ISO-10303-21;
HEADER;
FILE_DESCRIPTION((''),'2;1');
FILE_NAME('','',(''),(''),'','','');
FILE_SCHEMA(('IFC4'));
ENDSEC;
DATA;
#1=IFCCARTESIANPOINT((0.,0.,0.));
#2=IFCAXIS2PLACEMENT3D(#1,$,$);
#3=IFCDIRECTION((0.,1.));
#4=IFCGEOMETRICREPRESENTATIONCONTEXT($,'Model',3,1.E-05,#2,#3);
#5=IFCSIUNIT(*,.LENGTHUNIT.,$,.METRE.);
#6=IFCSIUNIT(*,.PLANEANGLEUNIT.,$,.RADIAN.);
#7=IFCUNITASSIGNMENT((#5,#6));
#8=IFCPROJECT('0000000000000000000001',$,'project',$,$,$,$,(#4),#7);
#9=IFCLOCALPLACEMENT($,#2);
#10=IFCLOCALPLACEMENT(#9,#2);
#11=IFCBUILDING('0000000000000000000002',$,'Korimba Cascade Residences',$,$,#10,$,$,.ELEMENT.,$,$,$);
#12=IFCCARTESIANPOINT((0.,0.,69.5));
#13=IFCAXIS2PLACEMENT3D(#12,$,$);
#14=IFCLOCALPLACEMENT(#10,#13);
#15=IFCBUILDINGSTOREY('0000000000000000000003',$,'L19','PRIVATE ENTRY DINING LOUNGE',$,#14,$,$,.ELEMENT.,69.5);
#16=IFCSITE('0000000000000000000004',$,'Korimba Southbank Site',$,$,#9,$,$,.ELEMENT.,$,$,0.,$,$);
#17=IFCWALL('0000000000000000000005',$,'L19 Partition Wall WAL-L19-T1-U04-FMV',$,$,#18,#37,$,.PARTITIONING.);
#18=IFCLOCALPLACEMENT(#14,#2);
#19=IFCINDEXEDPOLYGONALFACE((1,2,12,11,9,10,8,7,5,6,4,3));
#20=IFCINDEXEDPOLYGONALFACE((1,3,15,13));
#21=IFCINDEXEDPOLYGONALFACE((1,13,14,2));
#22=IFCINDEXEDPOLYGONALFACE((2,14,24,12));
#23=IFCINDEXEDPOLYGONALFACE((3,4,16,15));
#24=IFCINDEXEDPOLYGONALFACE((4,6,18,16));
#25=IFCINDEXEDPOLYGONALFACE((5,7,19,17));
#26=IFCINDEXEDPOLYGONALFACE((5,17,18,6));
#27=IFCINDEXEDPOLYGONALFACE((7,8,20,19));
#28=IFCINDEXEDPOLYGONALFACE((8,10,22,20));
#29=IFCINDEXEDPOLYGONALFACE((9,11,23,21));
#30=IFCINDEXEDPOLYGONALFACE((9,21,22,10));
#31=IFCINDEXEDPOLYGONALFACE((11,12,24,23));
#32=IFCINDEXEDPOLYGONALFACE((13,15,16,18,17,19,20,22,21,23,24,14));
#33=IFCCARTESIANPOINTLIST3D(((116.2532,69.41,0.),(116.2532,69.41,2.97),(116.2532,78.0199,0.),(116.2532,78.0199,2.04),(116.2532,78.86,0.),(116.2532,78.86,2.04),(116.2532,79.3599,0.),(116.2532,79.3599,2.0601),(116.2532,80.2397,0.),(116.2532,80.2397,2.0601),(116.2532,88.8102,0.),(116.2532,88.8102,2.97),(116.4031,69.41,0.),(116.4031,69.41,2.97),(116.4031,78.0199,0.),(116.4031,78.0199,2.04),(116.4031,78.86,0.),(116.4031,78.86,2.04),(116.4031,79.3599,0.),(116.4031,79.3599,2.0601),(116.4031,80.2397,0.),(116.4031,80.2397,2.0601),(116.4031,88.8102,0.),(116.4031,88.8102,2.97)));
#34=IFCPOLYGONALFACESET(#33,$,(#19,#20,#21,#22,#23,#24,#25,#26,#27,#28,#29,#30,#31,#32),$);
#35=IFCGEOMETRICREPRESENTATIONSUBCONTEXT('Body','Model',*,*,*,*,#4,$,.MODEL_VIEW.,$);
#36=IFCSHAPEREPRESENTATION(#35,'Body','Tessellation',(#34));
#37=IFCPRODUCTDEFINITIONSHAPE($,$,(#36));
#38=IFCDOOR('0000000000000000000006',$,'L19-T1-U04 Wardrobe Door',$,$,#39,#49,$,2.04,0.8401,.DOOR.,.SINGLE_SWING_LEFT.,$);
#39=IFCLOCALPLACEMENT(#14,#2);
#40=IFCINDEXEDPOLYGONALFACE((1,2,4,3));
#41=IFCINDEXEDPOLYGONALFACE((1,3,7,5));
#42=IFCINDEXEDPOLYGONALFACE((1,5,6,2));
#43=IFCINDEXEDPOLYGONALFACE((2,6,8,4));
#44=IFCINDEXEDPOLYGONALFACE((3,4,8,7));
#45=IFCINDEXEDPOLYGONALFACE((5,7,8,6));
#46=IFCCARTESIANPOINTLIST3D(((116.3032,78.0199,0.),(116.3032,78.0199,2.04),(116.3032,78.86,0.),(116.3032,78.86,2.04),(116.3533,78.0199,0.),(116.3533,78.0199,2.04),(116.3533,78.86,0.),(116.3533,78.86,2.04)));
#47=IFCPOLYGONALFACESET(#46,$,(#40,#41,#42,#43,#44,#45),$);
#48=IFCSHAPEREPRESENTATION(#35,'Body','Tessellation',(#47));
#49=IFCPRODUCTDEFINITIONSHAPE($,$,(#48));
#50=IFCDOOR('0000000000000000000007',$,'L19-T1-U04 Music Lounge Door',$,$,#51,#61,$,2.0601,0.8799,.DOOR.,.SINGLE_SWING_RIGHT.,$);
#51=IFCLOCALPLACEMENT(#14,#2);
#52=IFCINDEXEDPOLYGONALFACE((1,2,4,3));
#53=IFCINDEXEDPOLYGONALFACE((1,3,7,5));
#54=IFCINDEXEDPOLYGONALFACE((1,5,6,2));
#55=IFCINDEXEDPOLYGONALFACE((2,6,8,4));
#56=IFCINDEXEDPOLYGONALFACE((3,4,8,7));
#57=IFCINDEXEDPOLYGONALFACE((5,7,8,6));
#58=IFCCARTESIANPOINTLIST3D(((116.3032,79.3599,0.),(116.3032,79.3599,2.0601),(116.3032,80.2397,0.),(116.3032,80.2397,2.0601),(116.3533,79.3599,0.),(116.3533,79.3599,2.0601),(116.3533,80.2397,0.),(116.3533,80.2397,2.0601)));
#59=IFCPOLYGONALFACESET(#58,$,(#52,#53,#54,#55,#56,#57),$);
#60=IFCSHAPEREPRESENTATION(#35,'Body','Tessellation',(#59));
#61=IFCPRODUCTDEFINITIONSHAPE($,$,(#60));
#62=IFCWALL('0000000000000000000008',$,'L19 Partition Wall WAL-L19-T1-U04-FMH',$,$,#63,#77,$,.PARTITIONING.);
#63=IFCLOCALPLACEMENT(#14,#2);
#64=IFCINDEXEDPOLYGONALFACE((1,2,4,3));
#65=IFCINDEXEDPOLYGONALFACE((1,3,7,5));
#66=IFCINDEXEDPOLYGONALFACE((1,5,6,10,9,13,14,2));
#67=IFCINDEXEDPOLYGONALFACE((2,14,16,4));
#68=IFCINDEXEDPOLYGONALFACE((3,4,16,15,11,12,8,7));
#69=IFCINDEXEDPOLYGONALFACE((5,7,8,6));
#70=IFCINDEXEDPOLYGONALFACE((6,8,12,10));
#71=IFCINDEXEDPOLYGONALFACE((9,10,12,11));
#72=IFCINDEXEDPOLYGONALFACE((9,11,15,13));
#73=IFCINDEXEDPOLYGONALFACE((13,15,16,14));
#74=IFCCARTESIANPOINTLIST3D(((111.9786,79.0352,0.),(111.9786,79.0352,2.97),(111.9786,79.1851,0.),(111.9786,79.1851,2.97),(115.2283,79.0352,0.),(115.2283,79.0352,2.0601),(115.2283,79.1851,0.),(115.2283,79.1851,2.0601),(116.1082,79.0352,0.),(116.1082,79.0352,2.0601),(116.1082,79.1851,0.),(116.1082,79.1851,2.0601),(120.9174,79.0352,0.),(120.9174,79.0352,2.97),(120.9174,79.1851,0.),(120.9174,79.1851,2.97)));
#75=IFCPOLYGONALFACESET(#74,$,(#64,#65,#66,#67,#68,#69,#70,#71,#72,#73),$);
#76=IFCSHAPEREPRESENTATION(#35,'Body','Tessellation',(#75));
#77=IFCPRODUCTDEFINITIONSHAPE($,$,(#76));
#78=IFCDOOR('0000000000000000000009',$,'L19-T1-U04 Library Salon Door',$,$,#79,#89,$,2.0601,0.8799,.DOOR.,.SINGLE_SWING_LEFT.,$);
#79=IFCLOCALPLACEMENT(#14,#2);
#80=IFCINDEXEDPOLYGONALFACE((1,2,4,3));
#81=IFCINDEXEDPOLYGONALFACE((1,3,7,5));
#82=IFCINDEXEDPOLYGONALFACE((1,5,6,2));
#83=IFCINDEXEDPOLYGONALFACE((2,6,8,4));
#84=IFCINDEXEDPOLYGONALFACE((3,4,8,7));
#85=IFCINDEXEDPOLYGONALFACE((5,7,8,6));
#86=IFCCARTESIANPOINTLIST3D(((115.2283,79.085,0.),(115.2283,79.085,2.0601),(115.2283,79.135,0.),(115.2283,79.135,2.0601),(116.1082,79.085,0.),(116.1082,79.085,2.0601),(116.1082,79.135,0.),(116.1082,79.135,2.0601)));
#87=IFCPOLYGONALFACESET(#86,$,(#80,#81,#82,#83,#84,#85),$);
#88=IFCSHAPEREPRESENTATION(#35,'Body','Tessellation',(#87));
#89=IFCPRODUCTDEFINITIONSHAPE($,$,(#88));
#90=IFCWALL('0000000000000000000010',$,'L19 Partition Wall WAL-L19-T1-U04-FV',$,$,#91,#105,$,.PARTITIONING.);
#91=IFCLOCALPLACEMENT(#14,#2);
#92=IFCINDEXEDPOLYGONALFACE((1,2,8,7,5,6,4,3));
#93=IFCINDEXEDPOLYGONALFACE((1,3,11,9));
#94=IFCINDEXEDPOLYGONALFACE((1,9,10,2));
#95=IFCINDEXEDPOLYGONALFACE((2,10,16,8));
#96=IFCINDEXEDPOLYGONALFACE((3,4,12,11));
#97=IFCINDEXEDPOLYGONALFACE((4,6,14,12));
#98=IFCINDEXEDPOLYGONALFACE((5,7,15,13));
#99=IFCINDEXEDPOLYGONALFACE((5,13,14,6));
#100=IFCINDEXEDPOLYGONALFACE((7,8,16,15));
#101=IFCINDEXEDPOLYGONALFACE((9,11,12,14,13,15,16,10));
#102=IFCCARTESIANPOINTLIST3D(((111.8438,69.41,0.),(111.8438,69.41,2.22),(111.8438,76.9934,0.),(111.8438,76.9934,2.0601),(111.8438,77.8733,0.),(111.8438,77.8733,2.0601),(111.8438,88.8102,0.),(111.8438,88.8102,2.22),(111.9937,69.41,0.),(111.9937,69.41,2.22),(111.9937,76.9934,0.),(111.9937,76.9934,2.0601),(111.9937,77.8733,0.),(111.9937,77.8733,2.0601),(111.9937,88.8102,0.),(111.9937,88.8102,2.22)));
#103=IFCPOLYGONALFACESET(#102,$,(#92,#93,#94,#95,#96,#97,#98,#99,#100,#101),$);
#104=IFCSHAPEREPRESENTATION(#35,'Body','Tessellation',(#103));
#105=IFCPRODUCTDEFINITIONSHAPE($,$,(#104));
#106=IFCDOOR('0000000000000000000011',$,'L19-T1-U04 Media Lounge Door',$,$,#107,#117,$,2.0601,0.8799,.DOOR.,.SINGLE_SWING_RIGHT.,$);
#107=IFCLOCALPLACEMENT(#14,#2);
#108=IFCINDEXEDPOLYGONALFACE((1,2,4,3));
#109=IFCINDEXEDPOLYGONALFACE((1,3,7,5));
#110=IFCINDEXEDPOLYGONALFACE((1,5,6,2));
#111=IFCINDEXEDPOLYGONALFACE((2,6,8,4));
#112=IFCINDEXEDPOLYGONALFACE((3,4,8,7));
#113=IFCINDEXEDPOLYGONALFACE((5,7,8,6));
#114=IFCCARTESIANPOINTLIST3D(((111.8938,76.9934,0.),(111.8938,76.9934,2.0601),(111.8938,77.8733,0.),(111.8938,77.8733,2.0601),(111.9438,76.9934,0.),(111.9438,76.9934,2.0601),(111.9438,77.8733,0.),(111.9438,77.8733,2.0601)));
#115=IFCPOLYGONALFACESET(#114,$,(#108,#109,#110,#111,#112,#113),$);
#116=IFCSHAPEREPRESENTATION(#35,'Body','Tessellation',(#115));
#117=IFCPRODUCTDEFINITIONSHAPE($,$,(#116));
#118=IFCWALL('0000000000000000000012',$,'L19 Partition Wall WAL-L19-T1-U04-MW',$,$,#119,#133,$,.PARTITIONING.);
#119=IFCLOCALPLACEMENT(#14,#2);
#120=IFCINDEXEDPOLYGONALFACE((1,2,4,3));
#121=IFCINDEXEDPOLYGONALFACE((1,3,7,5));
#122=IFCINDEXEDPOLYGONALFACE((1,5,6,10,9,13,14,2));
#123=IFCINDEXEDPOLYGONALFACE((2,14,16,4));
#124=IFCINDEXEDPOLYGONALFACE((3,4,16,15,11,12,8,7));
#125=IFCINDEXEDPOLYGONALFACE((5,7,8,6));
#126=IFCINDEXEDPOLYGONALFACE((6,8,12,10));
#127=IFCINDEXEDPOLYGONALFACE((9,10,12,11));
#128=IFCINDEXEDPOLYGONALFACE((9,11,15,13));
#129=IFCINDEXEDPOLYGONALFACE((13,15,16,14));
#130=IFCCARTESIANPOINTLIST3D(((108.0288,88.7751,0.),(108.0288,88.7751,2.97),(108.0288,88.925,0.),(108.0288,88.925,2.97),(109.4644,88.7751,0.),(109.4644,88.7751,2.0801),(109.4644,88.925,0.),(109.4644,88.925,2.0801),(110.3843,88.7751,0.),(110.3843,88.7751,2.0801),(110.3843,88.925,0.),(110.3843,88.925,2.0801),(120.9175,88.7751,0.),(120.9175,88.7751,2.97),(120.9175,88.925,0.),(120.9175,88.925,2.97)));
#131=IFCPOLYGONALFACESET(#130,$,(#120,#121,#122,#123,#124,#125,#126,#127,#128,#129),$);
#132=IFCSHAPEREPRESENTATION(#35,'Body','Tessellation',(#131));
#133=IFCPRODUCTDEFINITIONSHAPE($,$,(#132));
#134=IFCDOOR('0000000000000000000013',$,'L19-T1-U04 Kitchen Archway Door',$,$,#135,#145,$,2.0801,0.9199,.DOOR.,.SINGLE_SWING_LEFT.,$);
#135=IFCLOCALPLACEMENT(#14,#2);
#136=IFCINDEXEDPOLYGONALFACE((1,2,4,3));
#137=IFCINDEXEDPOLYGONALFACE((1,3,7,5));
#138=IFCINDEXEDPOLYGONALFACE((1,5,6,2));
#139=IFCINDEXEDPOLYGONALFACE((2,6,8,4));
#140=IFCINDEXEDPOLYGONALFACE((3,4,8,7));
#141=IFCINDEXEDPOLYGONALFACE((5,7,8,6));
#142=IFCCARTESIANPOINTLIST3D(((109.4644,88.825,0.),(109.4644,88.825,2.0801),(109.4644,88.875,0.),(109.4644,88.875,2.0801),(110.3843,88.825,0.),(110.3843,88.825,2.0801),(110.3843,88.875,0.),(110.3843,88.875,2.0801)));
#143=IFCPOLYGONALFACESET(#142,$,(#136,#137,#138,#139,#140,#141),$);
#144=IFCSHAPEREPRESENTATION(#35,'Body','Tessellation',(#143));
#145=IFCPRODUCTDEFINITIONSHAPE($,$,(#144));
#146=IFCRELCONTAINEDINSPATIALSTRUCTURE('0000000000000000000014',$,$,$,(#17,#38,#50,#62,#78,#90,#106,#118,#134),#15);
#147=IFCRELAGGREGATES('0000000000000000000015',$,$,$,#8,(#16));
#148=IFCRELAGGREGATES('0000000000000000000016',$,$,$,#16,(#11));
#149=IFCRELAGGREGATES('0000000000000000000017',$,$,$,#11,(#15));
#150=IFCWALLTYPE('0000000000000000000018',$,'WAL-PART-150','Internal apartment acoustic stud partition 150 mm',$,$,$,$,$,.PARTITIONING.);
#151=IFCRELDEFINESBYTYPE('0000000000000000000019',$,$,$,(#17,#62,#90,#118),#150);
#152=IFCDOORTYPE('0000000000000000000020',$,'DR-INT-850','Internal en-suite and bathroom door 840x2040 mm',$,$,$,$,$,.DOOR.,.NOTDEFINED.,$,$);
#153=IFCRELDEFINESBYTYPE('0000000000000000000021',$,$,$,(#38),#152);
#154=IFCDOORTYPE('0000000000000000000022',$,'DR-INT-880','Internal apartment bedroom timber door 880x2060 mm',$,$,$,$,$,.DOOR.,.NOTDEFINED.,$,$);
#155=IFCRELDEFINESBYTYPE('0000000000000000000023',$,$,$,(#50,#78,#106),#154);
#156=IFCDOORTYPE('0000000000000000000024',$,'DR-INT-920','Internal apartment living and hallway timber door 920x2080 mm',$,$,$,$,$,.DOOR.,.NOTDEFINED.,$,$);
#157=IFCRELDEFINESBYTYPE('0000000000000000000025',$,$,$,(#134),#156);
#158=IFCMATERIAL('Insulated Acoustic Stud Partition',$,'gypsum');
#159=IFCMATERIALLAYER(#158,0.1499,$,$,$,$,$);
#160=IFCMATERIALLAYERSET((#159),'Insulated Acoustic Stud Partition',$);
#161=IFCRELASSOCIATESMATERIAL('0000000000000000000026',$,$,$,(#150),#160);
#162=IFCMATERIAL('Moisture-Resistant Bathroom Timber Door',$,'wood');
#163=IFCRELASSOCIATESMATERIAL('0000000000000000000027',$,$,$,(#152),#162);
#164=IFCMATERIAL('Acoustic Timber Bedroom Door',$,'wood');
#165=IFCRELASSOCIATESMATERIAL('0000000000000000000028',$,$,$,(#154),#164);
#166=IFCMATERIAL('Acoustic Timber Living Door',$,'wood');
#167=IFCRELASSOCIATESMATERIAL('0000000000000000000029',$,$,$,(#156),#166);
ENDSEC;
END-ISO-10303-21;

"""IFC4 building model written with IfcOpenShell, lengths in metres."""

from ifc_helpers import new_model, si_unit, direction, frame, frame_2d, origin, place, context, subcontext, project, spatial, rectangle, extrude, material, layer, layer_set, type_object, element, fill, save


model = new_model("IFC4")

# Units and contexts
model_context = context("Model", 3, precision=1e-05, world=origin(), true_north=direction((0.0, 1.0)))
body_context = subcontext(model_context, "Body", "Model", "MODEL_VIEW")
ifc_project = project(units=[si_unit("LENGTHUNIT", "METRE"), si_unit("PLANEANGLEUNIT", "RADIAN")], contexts=[model_context])

# Site, building, storey
site_placement = place(None, origin())
site = spatial("IfcSite", under=ifc_project, at=site_placement, Name="Korimba Southbank Site", CompositionType="ELEMENT", RefElevation=0.0)
building_placement = place(site_placement, origin())
building = spatial("IfcBuilding", under=site, at=building_placement, Name="Korimba Cascade Residences", CompositionType="ELEMENT")
storey_placement = place(building_placement, frame((0.0, 0.0, 69.5)))
storey = spatial("IfcBuildingStorey", under=building, at=storey_placement, Name="L19", Description="PRIVATE ENTRY DINING LOUNGE", CompositionType="ELEMENT", Elevation=69.5)

# Shared definitions
ifc_material_1 = material(Name="Insulated Acoustic Stud Partition", Category="gypsum")
ifc_layer_1 = layer(ifc_material_1, 0.1499)
ifc_layer_set_1 = layer_set([ifc_layer_1], Name="Insulated Acoustic Stud Partition")
wall_type_1 = type_object("IfcWallType", Name="WAL-PART-150", Description="Internal apartment acoustic stud partition 150 mm", PredefinedType="PARTITIONING", material=ifc_layer_set_1)
ifc_material_2 = material(Name="Moisture-Resistant Bathroom Timber Door", Category="wood")
door_type_1 = type_object("IfcDoorType", Name="DR-INT-850", Description="Internal en-suite and bathroom door 840x2040 mm", OperationType="NOTDEFINED", PredefinedType="DOOR", material=ifc_material_2)
ifc_material_3 = material(Name="Acoustic Timber Bedroom Door", Category="wood")
door_type_2 = type_object("IfcDoorType", Name="DR-INT-880", Description="Internal apartment bedroom timber door 880x2060 mm", OperationType="NOTDEFINED", PredefinedType="DOOR", material=ifc_material_3)

# Wall, openings, doors
wall_1_placement = place(storey_placement, frame((116.3281, 69.4099, 0.0), z_axis=(0.0, 0.0, 1.0), x_axis=(0.0, 1.0, 0.0)))
wall_1 = element("IfcWall", 1, at=wall_1_placement, inside=storey, type_object=wall_type_1, Name="L19 Partition Wall WAL-L19-T1-U04-FMV", PredefinedType="PARTITIONING", context=body_context, shape_type="SweptSolid", body=[
    extrude(rectangle(XDim=19.4001, YDim=0.1499, at=frame_2d((9.7002, 0.0))), origin(), (0.0, 0.0, 1.0), 2.97),
])
opening_1_placement = place(wall_1_placement, frame((8.6101, 0.0, 0.0)))
opening_1 = element("IfcOpeningElement", 2, at=opening_1_placement, cuts=wall_1, PredefinedType="OPENING", context=body_context, shape_type="SweptSolid", body=[
    extrude(rectangle(XDim=0.8401, YDim=2.04, at=frame_2d((0.4199, 1.02))), frame((0.0, 0.085, 0.0), z_axis=(0.0, -1.0, 0.0), x_axis=(1.0, 0.0, 0.0)), (0.0, 0.0, 1.0), 0.1699),
])
opening_2_placement = place(wall_1_placement, frame((9.95, 0.0, 0.0)))
opening_2 = element("IfcOpeningElement", 3, at=opening_2_placement, cuts=wall_1, PredefinedType="OPENING", context=body_context, shape_type="SweptSolid", body=[
    extrude(rectangle(XDim=0.8799, YDim=2.0601, at=frame_2d((0.4399, 1.03))), frame((0.0, 0.085, 0.0), z_axis=(0.0, -1.0, 0.0), x_axis=(1.0, 0.0, 0.0)), (0.0, 0.0, 1.0), 0.1699),
])
door_1_placement = place(opening_1_placement, origin())
door_1 = element("IfcDoor", 4, at=door_1_placement, inside=storey, type_object=door_type_1, Name="L19-T1-U04 Wardrobe Door", OperationType="SINGLE_SWING_LEFT", OverallHeight=2.04, OverallWidth=0.8401, PredefinedType="DOOR", context=body_context, shape_type="SweptSolid", body=[
    extrude(rectangle(XDim=0.8401, YDim=2.04, at=frame_2d((0.4199, 1.02))), frame((0.0, 0.0249, 0.0), z_axis=(0.0, -1.0, 0.0), x_axis=(1.0, 0.0, 0.0)), (0.0, 0.0, 1.0), 0.05),
])
fill(opening_1, door_1)
door_2_placement = place(opening_2_placement, origin())
door_2 = element("IfcDoor", 5, at=door_2_placement, inside=storey, type_object=door_type_2, Name="L19-T1-U04 Music Lounge Door", OperationType="SINGLE_SWING_RIGHT", OverallHeight=2.0601, OverallWidth=0.8799, PredefinedType="DOOR", context=body_context, shape_type="SweptSolid", body=[
    extrude(rectangle(XDim=0.8799, YDim=2.0601, at=frame_2d((0.4399, 1.03))), frame((0.0, 0.0249, 0.0), z_axis=(0.0, -1.0, 0.0), x_axis=(1.0, 0.0, 0.0)), (0.0, 0.0, 1.0), 0.05),
])
fill(opening_2, door_2)

# Walls, openings, doors
wall_2_placement = place(storey_placement, frame((111.9788, 79.1101, 0.0), z_axis=(0.0, 0.0, 1.0), x_axis=(1.0, 0.0, 0.0)))
wall_2 = element("IfcWall", 6, at=wall_2_placement, inside=storey, type_object=wall_type_1, Name="L19 Partition Wall WAL-L19-T1-U04-FMH", PredefinedType="PARTITIONING", context=body_context, shape_type="SweptSolid", body=[
    extrude(rectangle(XDim=8.9387, YDim=0.1499, at=frame_2d((4.4692, 0.0))), origin(), (0.0, 0.0, 1.0), 2.97),
])
opening_3_placement = place(wall_2_placement, frame((3.2495, 0.0, 0.0)))
opening_3 = element("IfcOpeningElement", 7, at=opening_3_placement, cuts=wall_2, PredefinedType="OPENING", context=body_context, shape_type="SweptSolid", body=[
    extrude(rectangle(XDim=0.8799, YDim=2.0601, at=frame_2d((0.4399, 1.03))), frame((0.0, 0.085, 0.0), z_axis=(0.0, -1.0, 0.0), x_axis=(1.0, 0.0, 0.0)), (0.0, 0.0, 1.0), 0.1699),
])
door_3_placement = place(opening_3_placement, origin())
door_3 = element("IfcDoor", 8, at=door_3_placement, inside=storey, type_object=door_type_2, Name="L19-T1-U04 Library Salon Door", OperationType="SINGLE_SWING_LEFT", OverallHeight=2.0601, OverallWidth=0.8799, PredefinedType="DOOR", context=body_context, shape_type="SweptSolid", body=[
    extrude(rectangle(XDim=0.8799, YDim=2.0601, at=frame_2d((0.4399, 1.03))), frame((0.0, 0.0249, 0.0), z_axis=(0.0, -1.0, 0.0), x_axis=(1.0, 0.0, 0.0)), (0.0, 0.0, 1.0), 0.05),
])
fill(opening_3, door_3)
wall_3_placement = place(storey_placement, frame((111.9187, 69.4099, 0.0), z_axis=(0.0, 0.0, 1.0), x_axis=(0.0, 1.0, 0.0)))
wall_3 = element("IfcWall", 9, at=wall_3_placement, inside=storey, type_object=wall_type_1, Name="L19 Partition Wall WAL-L19-T1-U04-FV", PredefinedType="PARTITIONING", context=body_context, shape_type="SweptSolid", body=[
    extrude(rectangle(XDim=19.4001, YDim=0.1499, at=frame_2d((9.7002, 0.0))), origin(), (0.0, 0.0, 1.0), 2.22),
])
opening_4_placement = place(wall_3_placement, frame((7.5835, 0.0, 0.0)))
opening_4 = element("IfcOpeningElement", 10, at=opening_4_placement, cuts=wall_3, PredefinedType="OPENING", context=body_context, shape_type="SweptSolid", body=[
    extrude(rectangle(XDim=0.8799, YDim=2.0601, at=frame_2d((0.4399, 1.03))), frame((0.0, 0.085, 0.0), z_axis=(0.0, -1.0, 0.0), x_axis=(1.0, 0.0, 0.0)), (0.0, 0.0, 1.0), 0.1699),
])
door_4_placement = place(opening_4_placement, origin())
door_4 = element("IfcDoor", 11, at=door_4_placement, inside=storey, type_object=door_type_2, Name="L19-T1-U04 Media Lounge Door", OperationType="SINGLE_SWING_RIGHT", OverallHeight=2.0601, OverallWidth=0.8799, PredefinedType="DOOR", context=body_context, shape_type="SweptSolid", body=[
    extrude(rectangle(XDim=0.8799, YDim=2.0601, at=frame_2d((0.4399, 1.03))), frame((0.0, 0.0249, 0.0), z_axis=(0.0, -1.0, 0.0), x_axis=(1.0, 0.0, 0.0)), (0.0, 0.0, 1.0), 0.05),
])
fill(opening_4, door_4)
wall_4_placement = place(storey_placement, frame((108.0288, 88.8501, 0.0), z_axis=(0.0, 0.0, 1.0), x_axis=(1.0, 0.0, 0.0)))
wall_4 = element("IfcWall", 12, at=wall_4_placement, inside=storey, type_object=wall_type_1, Name="L19 Partition Wall WAL-L19-T1-U04-MW", PredefinedType="PARTITIONING", context=body_context, shape_type="SweptSolid", body=[
    extrude(rectangle(XDim=12.8887, YDim=0.1499, at=frame_2d((6.4443, 0.0))), origin(), (0.0, 0.0, 1.0), 2.97),
])
opening_5_placement = place(wall_4_placement, frame((1.4355, 0.0, 0.0)))
opening_5 = element("IfcOpeningElement", 13, at=opening_5_placement, cuts=wall_4, PredefinedType="OPENING", context=body_context, shape_type="SweptSolid", body=[
    extrude(rectangle(XDim=0.9199, YDim=2.0801, at=frame_2d((0.46, 1.04))), frame((0.0, 0.085, 0.0), z_axis=(0.0, -1.0, 0.0), x_axis=(1.0, 0.0, 0.0)), (0.0, 0.0, 1.0), 0.1699),
])
ifc_material_4 = material(Name="Acoustic Timber Living Door", Category="wood")
door_type_3 = type_object("IfcDoorType", Name="DR-INT-920", Description="Internal apartment living and hallway timber door 920x2080 mm", OperationType="NOTDEFINED", PredefinedType="DOOR", material=ifc_material_4)
door_5_placement = place(opening_5_placement, origin())
door_5 = element("IfcDoor", 14, at=door_5_placement, inside=storey, type_object=door_type_3, Name="L19-T1-U04 Kitchen Archway Door", OperationType="SINGLE_SWING_LEFT", OverallHeight=2.0801, OverallWidth=0.9199, PredefinedType="DOOR", context=body_context, shape_type="SweptSolid", body=[
    extrude(rectangle(XDim=0.9199, YDim=2.0801, at=frame_2d((0.46, 1.04))), frame((0.0, 0.0249, 0.0), z_axis=(0.0, -1.0, 0.0), x_axis=(1.0, 0.0, 0.0)), (0.0, 0.0, 1.0), 0.05),
])
fill(opening_5, door_5)

save(model, "model.ifc")
